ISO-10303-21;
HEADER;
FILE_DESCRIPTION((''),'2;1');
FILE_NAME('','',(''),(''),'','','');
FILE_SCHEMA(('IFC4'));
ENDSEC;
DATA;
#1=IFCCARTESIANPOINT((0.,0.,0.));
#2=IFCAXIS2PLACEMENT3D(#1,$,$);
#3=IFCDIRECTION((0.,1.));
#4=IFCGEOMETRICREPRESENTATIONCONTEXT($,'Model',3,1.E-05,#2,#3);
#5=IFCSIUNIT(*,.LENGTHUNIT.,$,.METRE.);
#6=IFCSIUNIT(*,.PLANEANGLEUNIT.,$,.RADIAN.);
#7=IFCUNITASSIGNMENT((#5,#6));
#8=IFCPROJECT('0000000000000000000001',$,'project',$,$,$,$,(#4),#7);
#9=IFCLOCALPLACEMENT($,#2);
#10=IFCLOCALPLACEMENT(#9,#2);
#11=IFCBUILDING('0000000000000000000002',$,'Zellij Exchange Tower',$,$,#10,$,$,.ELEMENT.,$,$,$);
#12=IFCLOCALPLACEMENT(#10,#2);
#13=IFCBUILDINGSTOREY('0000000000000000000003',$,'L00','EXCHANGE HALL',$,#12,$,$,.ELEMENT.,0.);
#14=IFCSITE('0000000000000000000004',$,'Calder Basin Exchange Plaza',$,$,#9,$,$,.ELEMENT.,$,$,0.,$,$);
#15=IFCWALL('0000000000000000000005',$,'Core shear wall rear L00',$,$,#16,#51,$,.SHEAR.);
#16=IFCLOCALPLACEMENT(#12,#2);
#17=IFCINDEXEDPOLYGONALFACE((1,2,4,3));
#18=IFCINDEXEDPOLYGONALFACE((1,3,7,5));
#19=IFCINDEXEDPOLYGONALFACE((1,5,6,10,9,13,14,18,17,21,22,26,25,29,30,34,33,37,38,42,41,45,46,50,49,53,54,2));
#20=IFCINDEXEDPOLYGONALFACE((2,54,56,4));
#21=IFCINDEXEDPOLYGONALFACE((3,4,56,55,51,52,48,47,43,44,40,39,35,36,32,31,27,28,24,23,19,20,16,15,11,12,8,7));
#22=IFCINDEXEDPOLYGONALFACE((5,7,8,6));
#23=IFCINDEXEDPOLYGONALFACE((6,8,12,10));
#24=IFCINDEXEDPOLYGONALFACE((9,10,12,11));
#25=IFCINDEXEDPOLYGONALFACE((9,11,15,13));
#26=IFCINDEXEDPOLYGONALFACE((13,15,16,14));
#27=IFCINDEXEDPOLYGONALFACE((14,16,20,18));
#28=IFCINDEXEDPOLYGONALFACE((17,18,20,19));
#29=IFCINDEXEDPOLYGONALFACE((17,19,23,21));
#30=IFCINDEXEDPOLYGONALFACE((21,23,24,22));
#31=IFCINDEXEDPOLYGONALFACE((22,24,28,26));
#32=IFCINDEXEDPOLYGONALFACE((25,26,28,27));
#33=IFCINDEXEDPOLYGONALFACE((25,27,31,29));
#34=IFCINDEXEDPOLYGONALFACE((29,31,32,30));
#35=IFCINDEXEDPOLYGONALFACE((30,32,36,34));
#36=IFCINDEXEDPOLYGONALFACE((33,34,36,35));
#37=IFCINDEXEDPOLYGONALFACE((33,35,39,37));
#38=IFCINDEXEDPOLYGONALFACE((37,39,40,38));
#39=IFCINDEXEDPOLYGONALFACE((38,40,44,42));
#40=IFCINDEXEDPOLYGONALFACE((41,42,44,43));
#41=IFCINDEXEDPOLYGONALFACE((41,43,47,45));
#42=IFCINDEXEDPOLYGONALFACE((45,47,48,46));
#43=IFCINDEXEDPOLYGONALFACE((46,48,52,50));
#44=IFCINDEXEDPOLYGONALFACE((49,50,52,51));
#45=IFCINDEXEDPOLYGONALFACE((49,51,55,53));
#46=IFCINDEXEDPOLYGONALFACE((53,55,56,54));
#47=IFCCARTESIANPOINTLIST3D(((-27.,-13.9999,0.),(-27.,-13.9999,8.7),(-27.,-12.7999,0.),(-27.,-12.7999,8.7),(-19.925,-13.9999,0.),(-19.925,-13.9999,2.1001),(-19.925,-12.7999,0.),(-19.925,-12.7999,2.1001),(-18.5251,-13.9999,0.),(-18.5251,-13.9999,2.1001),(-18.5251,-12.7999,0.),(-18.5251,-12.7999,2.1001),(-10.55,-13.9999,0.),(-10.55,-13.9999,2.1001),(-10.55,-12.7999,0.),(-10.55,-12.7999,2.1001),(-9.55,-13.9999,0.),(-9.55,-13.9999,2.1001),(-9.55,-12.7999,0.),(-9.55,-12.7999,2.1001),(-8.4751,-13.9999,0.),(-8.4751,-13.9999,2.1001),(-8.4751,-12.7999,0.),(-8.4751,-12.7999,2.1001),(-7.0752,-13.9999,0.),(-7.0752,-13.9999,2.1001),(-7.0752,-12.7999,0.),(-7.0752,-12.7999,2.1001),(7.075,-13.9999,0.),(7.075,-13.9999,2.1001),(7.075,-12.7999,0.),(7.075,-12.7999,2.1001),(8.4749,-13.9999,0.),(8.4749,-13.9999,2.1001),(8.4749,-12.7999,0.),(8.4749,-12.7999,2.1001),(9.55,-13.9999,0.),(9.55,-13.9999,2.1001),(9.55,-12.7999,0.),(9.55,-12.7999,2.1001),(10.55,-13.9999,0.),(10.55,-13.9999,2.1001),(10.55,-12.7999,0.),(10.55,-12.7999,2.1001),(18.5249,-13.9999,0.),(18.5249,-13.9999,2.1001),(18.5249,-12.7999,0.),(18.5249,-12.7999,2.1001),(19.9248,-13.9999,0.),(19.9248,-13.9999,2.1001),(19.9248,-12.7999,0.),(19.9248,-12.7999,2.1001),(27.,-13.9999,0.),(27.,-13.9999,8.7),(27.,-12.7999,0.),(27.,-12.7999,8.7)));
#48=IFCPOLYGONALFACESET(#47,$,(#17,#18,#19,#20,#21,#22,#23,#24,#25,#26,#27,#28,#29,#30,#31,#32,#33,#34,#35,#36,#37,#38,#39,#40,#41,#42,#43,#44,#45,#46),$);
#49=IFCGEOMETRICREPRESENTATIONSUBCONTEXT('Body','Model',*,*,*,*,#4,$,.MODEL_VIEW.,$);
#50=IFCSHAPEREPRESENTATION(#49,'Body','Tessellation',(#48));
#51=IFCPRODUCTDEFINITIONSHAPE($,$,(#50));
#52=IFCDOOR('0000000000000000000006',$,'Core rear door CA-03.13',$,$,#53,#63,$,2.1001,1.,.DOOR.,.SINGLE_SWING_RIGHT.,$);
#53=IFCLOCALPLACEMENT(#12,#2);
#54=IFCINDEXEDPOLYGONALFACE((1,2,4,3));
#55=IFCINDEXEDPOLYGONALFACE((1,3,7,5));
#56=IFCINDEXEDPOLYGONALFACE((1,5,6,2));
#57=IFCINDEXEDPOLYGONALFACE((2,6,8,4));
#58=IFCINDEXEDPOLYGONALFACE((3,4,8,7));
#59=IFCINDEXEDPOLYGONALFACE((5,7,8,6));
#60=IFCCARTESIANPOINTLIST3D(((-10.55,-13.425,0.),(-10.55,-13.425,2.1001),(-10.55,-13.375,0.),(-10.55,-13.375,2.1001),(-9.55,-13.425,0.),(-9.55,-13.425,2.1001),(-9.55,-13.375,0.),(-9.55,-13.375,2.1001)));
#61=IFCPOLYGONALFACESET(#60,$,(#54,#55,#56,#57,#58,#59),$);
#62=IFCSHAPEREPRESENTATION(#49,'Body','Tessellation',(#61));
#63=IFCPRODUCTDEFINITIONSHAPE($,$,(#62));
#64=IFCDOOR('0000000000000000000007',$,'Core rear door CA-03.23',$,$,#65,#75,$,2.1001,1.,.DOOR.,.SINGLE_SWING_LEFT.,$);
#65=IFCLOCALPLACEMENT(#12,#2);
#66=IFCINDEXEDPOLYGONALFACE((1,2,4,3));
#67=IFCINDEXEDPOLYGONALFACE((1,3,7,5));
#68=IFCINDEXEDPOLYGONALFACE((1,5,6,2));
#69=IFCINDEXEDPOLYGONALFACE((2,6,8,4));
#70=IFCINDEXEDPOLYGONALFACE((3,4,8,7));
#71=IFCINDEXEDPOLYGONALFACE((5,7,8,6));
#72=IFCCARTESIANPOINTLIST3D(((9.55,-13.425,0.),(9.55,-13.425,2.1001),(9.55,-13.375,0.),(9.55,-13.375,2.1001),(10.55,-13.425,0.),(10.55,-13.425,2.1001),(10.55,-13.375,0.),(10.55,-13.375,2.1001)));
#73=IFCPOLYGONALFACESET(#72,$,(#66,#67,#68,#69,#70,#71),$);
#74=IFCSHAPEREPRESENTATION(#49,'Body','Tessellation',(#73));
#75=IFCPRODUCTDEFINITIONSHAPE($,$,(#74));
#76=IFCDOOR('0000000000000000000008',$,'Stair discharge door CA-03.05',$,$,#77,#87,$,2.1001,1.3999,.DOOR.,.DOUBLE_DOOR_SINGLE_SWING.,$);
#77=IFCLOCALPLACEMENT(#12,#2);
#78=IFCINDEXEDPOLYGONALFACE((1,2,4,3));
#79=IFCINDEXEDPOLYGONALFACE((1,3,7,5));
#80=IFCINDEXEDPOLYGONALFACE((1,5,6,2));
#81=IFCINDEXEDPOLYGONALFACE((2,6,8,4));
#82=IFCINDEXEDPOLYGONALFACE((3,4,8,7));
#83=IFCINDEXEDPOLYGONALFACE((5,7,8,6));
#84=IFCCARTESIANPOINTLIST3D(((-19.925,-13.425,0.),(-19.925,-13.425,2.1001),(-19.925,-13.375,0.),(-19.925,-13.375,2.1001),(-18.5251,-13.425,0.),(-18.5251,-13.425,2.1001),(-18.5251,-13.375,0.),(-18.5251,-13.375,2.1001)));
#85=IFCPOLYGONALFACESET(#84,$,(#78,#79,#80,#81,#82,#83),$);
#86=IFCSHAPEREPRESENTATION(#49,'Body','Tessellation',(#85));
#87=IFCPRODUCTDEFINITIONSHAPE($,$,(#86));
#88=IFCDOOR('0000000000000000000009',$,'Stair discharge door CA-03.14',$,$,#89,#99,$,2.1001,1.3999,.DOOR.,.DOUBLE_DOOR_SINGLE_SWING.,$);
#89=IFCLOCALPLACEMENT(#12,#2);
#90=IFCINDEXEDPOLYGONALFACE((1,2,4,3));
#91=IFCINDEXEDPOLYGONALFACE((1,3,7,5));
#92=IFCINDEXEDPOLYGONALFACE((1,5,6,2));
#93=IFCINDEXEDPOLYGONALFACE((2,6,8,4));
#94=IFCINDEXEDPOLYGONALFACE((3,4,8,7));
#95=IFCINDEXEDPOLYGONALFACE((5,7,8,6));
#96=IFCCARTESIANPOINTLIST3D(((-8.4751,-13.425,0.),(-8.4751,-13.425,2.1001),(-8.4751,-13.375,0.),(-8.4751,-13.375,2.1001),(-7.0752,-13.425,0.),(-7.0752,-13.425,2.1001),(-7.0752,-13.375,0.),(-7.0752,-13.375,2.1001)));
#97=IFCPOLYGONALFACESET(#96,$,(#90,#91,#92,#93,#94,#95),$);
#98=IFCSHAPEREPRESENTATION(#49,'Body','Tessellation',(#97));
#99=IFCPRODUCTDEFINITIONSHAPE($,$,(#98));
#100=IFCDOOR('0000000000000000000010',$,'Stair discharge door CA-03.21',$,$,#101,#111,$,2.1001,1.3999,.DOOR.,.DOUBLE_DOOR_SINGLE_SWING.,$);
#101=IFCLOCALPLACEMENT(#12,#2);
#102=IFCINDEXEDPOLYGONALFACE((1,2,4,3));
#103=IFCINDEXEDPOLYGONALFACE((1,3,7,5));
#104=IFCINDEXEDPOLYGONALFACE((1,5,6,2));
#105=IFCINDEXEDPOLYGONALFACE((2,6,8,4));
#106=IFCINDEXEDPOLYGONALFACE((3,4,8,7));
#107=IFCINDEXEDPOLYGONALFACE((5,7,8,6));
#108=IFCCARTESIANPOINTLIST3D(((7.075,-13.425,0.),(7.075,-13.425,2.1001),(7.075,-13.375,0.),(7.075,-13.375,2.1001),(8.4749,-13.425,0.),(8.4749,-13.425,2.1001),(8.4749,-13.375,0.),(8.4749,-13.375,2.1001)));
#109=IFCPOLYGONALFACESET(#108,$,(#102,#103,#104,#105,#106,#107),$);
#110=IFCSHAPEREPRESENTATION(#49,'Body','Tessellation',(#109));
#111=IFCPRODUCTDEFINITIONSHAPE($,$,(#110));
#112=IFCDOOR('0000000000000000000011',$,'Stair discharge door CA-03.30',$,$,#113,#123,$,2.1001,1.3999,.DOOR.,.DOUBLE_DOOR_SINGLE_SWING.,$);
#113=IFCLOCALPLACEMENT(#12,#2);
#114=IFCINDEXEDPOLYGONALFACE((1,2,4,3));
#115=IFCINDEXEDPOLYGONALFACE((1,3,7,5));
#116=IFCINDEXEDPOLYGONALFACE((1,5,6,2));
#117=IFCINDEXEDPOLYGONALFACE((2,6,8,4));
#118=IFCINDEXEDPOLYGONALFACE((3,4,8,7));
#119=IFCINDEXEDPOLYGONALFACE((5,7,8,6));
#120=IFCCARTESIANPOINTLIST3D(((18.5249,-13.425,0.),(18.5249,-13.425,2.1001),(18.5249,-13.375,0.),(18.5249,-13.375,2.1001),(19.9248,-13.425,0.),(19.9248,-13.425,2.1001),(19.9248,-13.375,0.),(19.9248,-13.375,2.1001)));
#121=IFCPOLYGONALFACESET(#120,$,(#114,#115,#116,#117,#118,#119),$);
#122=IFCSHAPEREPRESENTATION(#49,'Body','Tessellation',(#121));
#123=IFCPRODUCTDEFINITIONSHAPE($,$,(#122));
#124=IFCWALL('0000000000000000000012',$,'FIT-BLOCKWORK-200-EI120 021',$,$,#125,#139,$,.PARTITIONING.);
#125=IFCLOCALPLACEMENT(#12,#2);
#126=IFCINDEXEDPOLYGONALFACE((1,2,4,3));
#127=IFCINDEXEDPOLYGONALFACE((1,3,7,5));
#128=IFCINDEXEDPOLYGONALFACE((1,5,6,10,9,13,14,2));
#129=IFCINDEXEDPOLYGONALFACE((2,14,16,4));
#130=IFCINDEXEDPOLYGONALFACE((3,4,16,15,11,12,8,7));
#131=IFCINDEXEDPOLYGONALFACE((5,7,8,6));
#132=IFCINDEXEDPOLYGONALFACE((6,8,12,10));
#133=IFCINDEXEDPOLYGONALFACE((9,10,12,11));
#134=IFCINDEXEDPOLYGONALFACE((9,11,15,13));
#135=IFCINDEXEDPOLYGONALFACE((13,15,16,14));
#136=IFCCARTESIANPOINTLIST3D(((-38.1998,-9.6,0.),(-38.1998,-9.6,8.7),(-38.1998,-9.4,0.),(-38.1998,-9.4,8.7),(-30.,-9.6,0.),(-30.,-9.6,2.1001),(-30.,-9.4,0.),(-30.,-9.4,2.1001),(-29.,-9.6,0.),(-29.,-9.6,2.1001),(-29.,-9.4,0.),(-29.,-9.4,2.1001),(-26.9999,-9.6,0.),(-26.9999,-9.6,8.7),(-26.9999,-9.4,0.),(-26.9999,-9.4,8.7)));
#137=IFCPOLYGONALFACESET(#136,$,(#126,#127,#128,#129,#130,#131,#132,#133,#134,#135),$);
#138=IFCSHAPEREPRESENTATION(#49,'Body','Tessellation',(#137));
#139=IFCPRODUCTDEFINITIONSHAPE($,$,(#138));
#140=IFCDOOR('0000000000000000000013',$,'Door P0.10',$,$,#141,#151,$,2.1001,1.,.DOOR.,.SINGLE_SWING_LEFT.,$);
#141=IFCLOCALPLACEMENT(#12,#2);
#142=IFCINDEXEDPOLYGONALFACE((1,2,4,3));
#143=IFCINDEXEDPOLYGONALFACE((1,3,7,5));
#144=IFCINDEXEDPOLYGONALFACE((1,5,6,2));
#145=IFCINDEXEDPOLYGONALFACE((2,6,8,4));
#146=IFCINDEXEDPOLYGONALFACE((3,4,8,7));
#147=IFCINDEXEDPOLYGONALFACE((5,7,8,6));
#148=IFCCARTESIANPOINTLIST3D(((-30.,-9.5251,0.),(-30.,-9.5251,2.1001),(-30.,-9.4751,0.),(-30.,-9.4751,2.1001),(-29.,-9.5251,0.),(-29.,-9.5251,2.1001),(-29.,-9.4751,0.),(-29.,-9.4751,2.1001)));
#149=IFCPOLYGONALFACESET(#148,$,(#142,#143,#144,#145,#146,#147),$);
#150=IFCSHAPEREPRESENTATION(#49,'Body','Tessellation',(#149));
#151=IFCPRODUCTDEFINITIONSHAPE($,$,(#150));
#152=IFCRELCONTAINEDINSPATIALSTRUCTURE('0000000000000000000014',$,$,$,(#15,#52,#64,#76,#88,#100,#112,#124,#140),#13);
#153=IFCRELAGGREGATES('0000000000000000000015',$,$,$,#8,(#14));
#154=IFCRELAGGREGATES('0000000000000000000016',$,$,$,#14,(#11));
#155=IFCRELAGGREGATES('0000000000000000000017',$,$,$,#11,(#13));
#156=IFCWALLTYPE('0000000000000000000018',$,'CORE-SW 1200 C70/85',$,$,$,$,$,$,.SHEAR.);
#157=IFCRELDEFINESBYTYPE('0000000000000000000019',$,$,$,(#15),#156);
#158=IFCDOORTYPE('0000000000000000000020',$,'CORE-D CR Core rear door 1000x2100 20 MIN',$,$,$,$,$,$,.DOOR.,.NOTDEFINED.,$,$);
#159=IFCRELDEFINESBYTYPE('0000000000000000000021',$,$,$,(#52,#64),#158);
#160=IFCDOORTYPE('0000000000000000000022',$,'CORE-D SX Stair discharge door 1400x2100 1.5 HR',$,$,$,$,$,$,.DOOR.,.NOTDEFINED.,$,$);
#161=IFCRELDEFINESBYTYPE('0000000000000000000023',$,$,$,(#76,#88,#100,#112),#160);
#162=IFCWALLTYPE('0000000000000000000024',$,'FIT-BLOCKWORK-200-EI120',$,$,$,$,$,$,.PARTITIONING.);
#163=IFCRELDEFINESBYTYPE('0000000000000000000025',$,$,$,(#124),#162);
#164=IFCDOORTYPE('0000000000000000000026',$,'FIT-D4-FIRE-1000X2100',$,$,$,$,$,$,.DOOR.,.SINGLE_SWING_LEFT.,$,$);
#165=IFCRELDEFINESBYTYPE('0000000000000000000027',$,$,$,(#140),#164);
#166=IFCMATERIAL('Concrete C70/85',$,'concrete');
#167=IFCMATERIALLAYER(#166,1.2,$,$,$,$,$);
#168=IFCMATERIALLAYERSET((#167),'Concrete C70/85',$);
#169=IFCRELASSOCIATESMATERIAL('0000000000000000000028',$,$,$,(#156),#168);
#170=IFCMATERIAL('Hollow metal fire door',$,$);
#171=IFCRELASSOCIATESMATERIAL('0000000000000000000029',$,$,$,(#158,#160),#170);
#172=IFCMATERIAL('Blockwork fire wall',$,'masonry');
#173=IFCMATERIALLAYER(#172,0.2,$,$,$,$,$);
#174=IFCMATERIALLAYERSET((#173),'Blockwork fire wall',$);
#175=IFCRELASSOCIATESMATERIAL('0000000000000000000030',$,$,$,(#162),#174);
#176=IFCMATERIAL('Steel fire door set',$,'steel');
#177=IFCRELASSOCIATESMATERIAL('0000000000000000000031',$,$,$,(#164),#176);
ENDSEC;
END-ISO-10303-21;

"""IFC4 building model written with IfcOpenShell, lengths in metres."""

from ifc_helpers import new_model, si_unit, direction, frame, frame_2d, origin, place, context, subcontext, project, spatial, rectangle, extrude, material, layer, layer_set, type_object, element, fill, save


model = new_model("IFC4")

# Units and contexts
model_context = context("Model", 3, precision=1e-05, world=origin(), true_north=direction((0.0, 1.0)))
body_context = subcontext(model_context, "Body", "Model", "MODEL_VIEW")
ifc_project = project(units=[si_unit("LENGTHUNIT", "METRE"), si_unit("PLANEANGLEUNIT", "RADIAN")], contexts=[model_context])

# Site, building, storey
site_placement = place(None, origin())
site = spatial("IfcSite", under=ifc_project, at=site_placement, Name="Calder Basin Exchange Plaza", CompositionType="ELEMENT", RefElevation=0.0)
building_placement = place(site_placement, origin())
building = spatial("IfcBuilding", under=site, at=building_placement, Name="Zellij Exchange Tower", CompositionType="ELEMENT")
storey_placement = place(building_placement, origin())
storey = spatial("IfcBuildingStorey", under=building, at=storey_placement, Name="L00", Description="EXCHANGE HALL", CompositionType="ELEMENT", Elevation=0.0)

# Shared definitions
ifc_material_1 = material(Name="Concrete C70/85", Category="concrete")

# Wall, openings, doors
ifc_layer_1 = layer(ifc_material_1, 1.2)
ifc_layer_set_1 = layer_set([ifc_layer_1], Name="Concrete C70/85")
wall_type_1 = type_object("IfcWallType", Name="CORE-SW 1200 C70/85", PredefinedType="SHEAR", material=ifc_layer_set_1)
ifc_material_2 = material(Name="Hollow metal fire door")
wall_1_placement = place(storey_placement, frame((-27.0, -13.3999, 0.0), z_axis=(0.0, 0.0, 1.0), x_axis=(1.0, 0.0, 0.0)))
wall_1 = element("IfcWall", 1, at=wall_1_placement, inside=storey, type_object=wall_type_1, Name="Core shear wall rear L00", PredefinedType="SHEAR", context=body_context, shape_type="SweptSolid", body=[
    extrude(rectangle(XDim=54.0, YDim=1.2, at=frame_2d((27.0, 0.0))), origin(), (0.0, 0.0, 1.0), 8.7),
])
opening_1_placement = place(wall_1_placement, frame((7.075, 0.0, 0.0)))
opening_1 = element("IfcOpeningElement", 2, at=opening_1_placement, cuts=wall_1, PredefinedType="OPENING", context=body_context, shape_type="SweptSolid", body=[
    extrude(rectangle(XDim=1.3999, YDim=2.1001, at=frame_2d((0.7, 1.05))), frame((0.0, 0.6118, 0.0), z_axis=(0.0, -1.0, 0.0), x_axis=(1.0, 0.0, 0.0)), (0.0, 0.0, 1.0), 1.2239),
])
opening_2_placement = place(wall_1_placement, frame((16.45, 0.0, 0.0)))
opening_2 = element("IfcOpeningElement", 3, at=opening_2_placement, cuts=wall_1, PredefinedType="OPENING", context=body_context, shape_type="SweptSolid", body=[
    extrude(rectangle(XDim=1.0, YDim=2.1001, at=frame_2d((0.5, 1.05))), frame((0.0, 0.6118, 0.0), z_axis=(0.0, -1.0, 0.0), x_axis=(1.0, 0.0, 0.0)), (0.0, 0.0, 1.0), 1.2239),
])
opening_3_placement = place(wall_1_placement, frame((18.5249, 0.0, 0.0)))
opening_3 = element("IfcOpeningElement", 4, at=opening_3_placement, cuts=wall_1, PredefinedType="OPENING", context=body_context, shape_type="SweptSolid", body=[
    extrude(rectangle(XDim=1.3999, YDim=2.1001, at=frame_2d((0.7, 1.05))), frame((0.0, 0.6118, 0.0), z_axis=(0.0, -1.0, 0.0), x_axis=(1.0, 0.0, 0.0)), (0.0, 0.0, 1.0), 1.2239),
])
opening_4_placement = place(wall_1_placement, frame((34.075, 0.0, 0.0)))
opening_4 = element("IfcOpeningElement", 5, at=opening_4_placement, cuts=wall_1, PredefinedType="OPENING", context=body_context, shape_type="SweptSolid", body=[
    extrude(rectangle(XDim=1.3999, YDim=2.1001, at=frame_2d((0.7, 1.05))), frame((0.0, 0.6118, 0.0), z_axis=(0.0, -1.0, 0.0), x_axis=(1.0, 0.0, 0.0)), (0.0, 0.0, 1.0), 1.2239),
])
opening_5_placement = place(wall_1_placement, frame((36.55, 0.0, 0.0)))
opening_5 = element("IfcOpeningElement", 6, at=opening_5_placement, cuts=wall_1, PredefinedType="OPENING", context=body_context, shape_type="SweptSolid", body=[
    extrude(rectangle(XDim=1.0, YDim=2.1001, at=frame_2d((0.5, 1.05))), frame((0.0, 0.6118, 0.0), z_axis=(0.0, -1.0, 0.0), x_axis=(1.0, 0.0, 0.0)), (0.0, 0.0, 1.0), 1.2239),
])
opening_6_placement = place(wall_1_placement, frame((45.5249, 0.0, 0.0)))
opening_6 = element("IfcOpeningElement", 7, at=opening_6_placement, cuts=wall_1, PredefinedType="OPENING", context=body_context, shape_type="SweptSolid", body=[
    extrude(rectangle(XDim=1.3999, YDim=2.1001, at=frame_2d((0.7, 1.05))), frame((0.0, 0.6118, 0.0), z_axis=(0.0, -1.0, 0.0), x_axis=(1.0, 0.0, 0.0)), (0.0, 0.0, 1.0), 1.2239),
])
door_type_1 = type_object("IfcDoorType", Name="CORE-D CR Core rear door 1000x2100 20 MIN", OperationType="NOTDEFINED", PredefinedType="DOOR", material=ifc_material_2)
door_1_placement = place(opening_2_placement, origin())
door_1 = element("IfcDoor", 8, at=door_1_placement, inside=storey, type_object=door_type_1, Name="Core rear door CA-03.13", OperationType="SINGLE_SWING_RIGHT", OverallHeight=2.1001, OverallWidth=1.0, PredefinedType="DOOR", context=body_context, shape_type="SweptSolid", body=[
    extrude(rectangle(XDim=1.0, YDim=2.1001, at=frame_2d((0.5, 1.05))), frame((0.0, 0.0249, 0.0), z_axis=(0.0, -1.0, 0.0), x_axis=(1.0, 0.0, 0.0)), (0.0, 0.0, 1.0), 0.05),
])
fill(opening_2, door_1)
door_2_placement = place(opening_5_placement, origin())
door_2 = element("IfcDoor", 9, at=door_2_placement, inside=storey, type_object=door_type_1, Name="Core rear door CA-03.23", OperationType="SINGLE_SWING_LEFT", OverallHeight=2.1001, OverallWidth=1.0, PredefinedType="DOOR", context=body_context, shape_type="SweptSolid", body=[
    extrude(rectangle(XDim=1.0, YDim=2.1001, at=frame_2d((0.5, 1.05))), frame((0.0, 0.0249, 0.0), z_axis=(0.0, -1.0, 0.0), x_axis=(1.0, 0.0, 0.0)), (0.0, 0.0, 1.0), 0.05),
])
fill(opening_5, door_2)
door_type_2 = type_object("IfcDoorType", Name="CORE-D SX Stair discharge door 1400x2100 1.5 HR", OperationType="NOTDEFINED", PredefinedType="DOOR", material=ifc_material_2)
door_3_placement = place(opening_1_placement, origin())
door_3 = element("IfcDoor", 10, at=door_3_placement, inside=storey, type_object=door_type_2, Name="Stair discharge door CA-03.05", OperationType="DOUBLE_DOOR_SINGLE_SWING", OverallHeight=2.1001, OverallWidth=1.3999, PredefinedType="DOOR", context=body_context, shape_type="SweptSolid", body=[
    extrude(rectangle(XDim=1.3999, YDim=2.1001, at=frame_2d((0.7, 1.05))), frame((0.0, 0.0249, 0.0), z_axis=(0.0, -1.0, 0.0), x_axis=(1.0, 0.0, 0.0)), (0.0, 0.0, 1.0), 0.05),
])
fill(opening_1, door_3)
door_4_placement = place(opening_3_placement, origin())
door_4 = element("IfcDoor", 11, at=door_4_placement, inside=storey, type_object=door_type_2, Name="Stair discharge door CA-03.14", OperationType="DOUBLE_DOOR_SINGLE_SWING", OverallHeight=2.1001, OverallWidth=1.3999, PredefinedType="DOOR", context=body_context, shape_type="SweptSolid", body=[
    extrude(rectangle(XDim=1.3999, YDim=2.1001, at=frame_2d((0.7, 1.05))), frame((0.0, 0.0249, 0.0), z_axis=(0.0, -1.0, 0.0), x_axis=(1.0, 0.0, 0.0)), (0.0, 0.0, 1.0), 0.05),
])
fill(opening_3, door_4)
door_5_placement = place(opening_4_placement, origin())
door_5 = element("IfcDoor", 12, at=door_5_placement, inside=storey, type_object=door_type_2, Name="Stair discharge door CA-03.21", OperationType="DOUBLE_DOOR_SINGLE_SWING", OverallHeight=2.1001, OverallWidth=1.3999, PredefinedType="DOOR", context=body_context, shape_type="SweptSolid", body=[
    extrude(rectangle(XDim=1.3999, YDim=2.1001, at=frame_2d((0.7, 1.05))), frame((0.0, 0.0249, 0.0), z_axis=(0.0, -1.0, 0.0), x_axis=(1.0, 0.0, 0.0)), (0.0, 0.0, 1.0), 0.05),
])
fill(opening_4, door_5)
door_6_placement = place(opening_6_placement, origin())
door_6 = element("IfcDoor", 13, at=door_6_placement, inside=storey, type_object=door_type_2, Name="Stair discharge door CA-03.30", OperationType="DOUBLE_DOOR_SINGLE_SWING", OverallHeight=2.1001, OverallWidth=1.3999, PredefinedType="DOOR", context=body_context, shape_type="SweptSolid", body=[
    extrude(rectangle(XDim=1.3999, YDim=2.1001, at=frame_2d((0.7, 1.05))), frame((0.0, 0.0249, 0.0), z_axis=(0.0, -1.0, 0.0), x_axis=(1.0, 0.0, 0.0)), (0.0, 0.0, 1.0), 0.05),
])
fill(opening_6, door_6)

# Wall, opening, door
ifc_material_3 = material(Name="Blockwork fire wall", Category="masonry")
ifc_layer_2 = layer(ifc_material_3, 0.2)
ifc_layer_set_2 = layer_set([ifc_layer_2], Name="Blockwork fire wall")
wall_type_2 = type_object("IfcWallType", Name="FIT-BLOCKWORK-200-EI120", PredefinedType="PARTITIONING", material=ifc_layer_set_2)
wall_2_placement = place(storey_placement, frame((-38.2, -9.5, 0.0), z_axis=(0.0, 0.0, 1.0), x_axis=(1.0, 0.0, 0.0)))
wall_2 = element("IfcWall", 14, at=wall_2_placement, inside=storey, type_object=wall_type_2, Name="FIT-BLOCKWORK-200-EI120 021", PredefinedType="PARTITIONING", context=body_context, shape_type="SweptSolid", body=[
    extrude(rectangle(XDim=11.2, YDim=0.2, at=frame_2d((5.6001, 0.0))), origin(), (0.0, 0.0, 1.0), 8.7),
])
opening_7_placement = place(wall_2_placement, frame((8.2, 0.0, 0.0)))
opening_7 = element("IfcOpeningElement", 15, at=opening_7_placement, cuts=wall_2, PredefinedType="OPENING", context=body_context, shape_type="SweptSolid", body=[
    extrude(rectangle(XDim=1.0, YDim=2.1001, at=frame_2d((0.5, 1.05))), frame((0.0, 0.1118, 0.0), z_axis=(0.0, -1.0, 0.0), x_axis=(1.0, 0.0, 0.0)), (0.0, 0.0, 1.0), 0.2239),
])
ifc_material_4 = material(Name="Steel fire door set", Category="steel")
door_type_3 = type_object("IfcDoorType", Name="FIT-D4-FIRE-1000X2100", OperationType="SINGLE_SWING_LEFT", PredefinedType="DOOR", material=ifc_material_4)
door_7_placement = place(opening_7_placement, origin())
door_7 = element("IfcDoor", 16, at=door_7_placement, inside=storey, type_object=door_type_3, Name="Door P0.10", OperationType="SINGLE_SWING_LEFT", OverallHeight=2.1001, OverallWidth=1.0, PredefinedType="DOOR", context=body_context, shape_type="SweptSolid", body=[
    extrude(rectangle(XDim=1.0, YDim=2.1001, at=frame_2d((0.5, 1.05))), frame((0.0, 0.0249, 0.0), z_axis=(0.0, -1.0, 0.0), x_axis=(1.0, 0.0, 0.0)), (0.0, 0.0, 1.0), 0.05),
])
fill(opening_7, door_7)

save(model, "model.ifc")
